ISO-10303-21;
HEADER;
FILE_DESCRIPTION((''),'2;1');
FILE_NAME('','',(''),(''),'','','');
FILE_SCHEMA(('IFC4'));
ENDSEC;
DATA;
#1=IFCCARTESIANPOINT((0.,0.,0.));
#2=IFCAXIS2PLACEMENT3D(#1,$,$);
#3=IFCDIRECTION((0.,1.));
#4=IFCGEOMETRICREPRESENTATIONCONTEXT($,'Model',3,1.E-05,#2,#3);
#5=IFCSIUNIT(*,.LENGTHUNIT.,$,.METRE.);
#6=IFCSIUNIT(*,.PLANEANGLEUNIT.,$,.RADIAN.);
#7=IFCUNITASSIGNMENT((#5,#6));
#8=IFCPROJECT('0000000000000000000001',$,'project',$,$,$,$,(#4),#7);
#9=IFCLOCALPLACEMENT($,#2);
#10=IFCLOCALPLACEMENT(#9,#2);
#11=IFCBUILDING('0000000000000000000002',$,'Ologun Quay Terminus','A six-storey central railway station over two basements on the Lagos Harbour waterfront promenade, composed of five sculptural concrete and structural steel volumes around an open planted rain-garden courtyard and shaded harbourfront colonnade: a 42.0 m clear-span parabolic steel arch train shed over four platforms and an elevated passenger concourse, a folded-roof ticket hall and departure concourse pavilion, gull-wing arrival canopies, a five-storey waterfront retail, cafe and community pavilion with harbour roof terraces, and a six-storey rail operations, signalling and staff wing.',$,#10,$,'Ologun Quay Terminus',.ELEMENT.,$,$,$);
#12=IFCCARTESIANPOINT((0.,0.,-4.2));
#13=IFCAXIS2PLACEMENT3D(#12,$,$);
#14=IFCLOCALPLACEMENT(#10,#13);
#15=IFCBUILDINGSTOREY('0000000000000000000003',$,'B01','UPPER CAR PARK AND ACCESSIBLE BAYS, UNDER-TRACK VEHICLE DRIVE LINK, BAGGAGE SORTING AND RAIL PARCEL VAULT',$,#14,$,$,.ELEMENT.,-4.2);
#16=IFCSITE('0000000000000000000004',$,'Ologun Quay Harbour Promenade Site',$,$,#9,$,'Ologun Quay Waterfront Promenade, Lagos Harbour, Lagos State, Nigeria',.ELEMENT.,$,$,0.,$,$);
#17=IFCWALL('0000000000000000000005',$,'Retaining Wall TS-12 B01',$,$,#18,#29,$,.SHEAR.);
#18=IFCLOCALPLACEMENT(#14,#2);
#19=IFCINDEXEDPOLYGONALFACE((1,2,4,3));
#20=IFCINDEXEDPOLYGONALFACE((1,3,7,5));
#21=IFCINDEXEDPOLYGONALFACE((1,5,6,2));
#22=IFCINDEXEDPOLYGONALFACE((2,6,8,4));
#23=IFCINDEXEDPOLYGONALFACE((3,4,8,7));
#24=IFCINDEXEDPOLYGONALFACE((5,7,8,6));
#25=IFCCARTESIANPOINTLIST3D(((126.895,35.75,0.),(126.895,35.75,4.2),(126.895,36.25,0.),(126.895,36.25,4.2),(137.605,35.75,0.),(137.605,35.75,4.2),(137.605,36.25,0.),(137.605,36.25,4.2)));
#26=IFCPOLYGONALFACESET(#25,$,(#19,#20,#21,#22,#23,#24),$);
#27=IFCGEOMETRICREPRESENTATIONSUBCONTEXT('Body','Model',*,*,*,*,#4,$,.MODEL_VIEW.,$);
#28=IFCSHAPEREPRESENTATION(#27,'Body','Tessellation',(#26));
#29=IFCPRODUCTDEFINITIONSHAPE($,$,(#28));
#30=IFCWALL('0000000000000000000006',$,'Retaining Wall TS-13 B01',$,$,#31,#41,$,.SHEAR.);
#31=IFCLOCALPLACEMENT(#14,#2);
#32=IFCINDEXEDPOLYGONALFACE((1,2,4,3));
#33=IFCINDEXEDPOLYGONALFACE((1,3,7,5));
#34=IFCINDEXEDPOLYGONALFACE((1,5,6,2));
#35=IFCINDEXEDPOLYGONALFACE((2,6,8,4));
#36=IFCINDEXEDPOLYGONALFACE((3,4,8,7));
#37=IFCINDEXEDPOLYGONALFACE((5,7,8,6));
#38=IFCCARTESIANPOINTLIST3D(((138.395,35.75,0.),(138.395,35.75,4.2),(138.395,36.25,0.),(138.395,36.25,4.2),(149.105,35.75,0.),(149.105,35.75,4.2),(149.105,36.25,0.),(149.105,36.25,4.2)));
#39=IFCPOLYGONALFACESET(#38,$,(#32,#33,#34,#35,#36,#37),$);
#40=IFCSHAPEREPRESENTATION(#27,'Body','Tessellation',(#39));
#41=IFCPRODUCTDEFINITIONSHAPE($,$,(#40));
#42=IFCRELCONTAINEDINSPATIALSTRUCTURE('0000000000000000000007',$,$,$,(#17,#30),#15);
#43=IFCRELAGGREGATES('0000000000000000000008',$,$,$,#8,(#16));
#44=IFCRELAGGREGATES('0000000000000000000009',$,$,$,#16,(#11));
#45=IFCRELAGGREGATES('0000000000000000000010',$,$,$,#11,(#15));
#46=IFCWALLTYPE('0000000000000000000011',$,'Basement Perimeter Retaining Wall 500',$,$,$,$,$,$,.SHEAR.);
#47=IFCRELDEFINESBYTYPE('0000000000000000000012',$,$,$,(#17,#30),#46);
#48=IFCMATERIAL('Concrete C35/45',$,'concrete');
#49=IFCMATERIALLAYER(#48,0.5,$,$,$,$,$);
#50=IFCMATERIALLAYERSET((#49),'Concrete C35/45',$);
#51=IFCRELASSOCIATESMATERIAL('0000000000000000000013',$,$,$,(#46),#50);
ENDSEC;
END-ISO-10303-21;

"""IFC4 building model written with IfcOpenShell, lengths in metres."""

from ifc_helpers import new_model, si_unit, direction, frame, frame_2d, origin, place, context, subcontext, project, spatial, rectangle, extrude, material, layer, layer_set, type_object, element, save


model = new_model("IFC4")

# Units and contexts
model_context = context("Model", 3, precision=1e-05, world=origin(), true_north=direction((0.0, 1.0)))
body_context = subcontext(model_context, "Body", "Model", "MODEL_VIEW")
ifc_project = project(units=[si_unit("LENGTHUNIT", "METRE"), si_unit("PLANEANGLEUNIT", "RADIAN")], contexts=[model_context])

# Site, building, storey
site_placement = place(None, origin())
site = spatial("IfcSite", under=ifc_project, at=site_placement, Name="Ologun Quay Harbour Promenade Site", LongName="Ologun Quay Waterfront Promenade, Lagos Harbour, Lagos State, Nigeria", CompositionType="ELEMENT", RefElevation=0.0)
building_placement = place(site_placement, origin())
building = spatial("IfcBuilding", under=site, at=building_placement, Name="Ologun Quay Terminus", Description="A six-storey central railway station over two basements on the Lagos Harbour waterfront promenade, composed of five sculptural concrete and structural steel volumes around an open planted rain-garden courtyard and shaded harbourfront colonnade: a 42.0 m clear-span parabolic steel arch train shed over four platforms and an elevated passenger concourse, a folded-roof ticket hall and departure concourse pavilion, gull-wing arrival canopies, a five-storey waterfront retail, cafe and community pavilion with harbour roof terraces, and a six-storey rail operations, signalling and staff wing.", LongName="Ologun Quay Terminus", CompositionType="ELEMENT")
storey_placement = place(building_placement, frame((0.0, 0.0, -4.2)))
storey = spatial("IfcBuildingStorey", under=building, at=storey_placement, Name="B01", Description="UPPER CAR PARK AND ACCESSIBLE BAYS, UNDER-TRACK VEHICLE DRIVE LINK, BAGGAGE SORTING AND RAIL PARCEL VAULT", CompositionType="ELEMENT", Elevation=-4.2)

# Walls
ifc_material_1 = material(Name="Concrete C35/45", Category="concrete")
ifc_layer_1 = layer(ifc_material_1, 0.5)
ifc_layer_set_1 = layer_set([ifc_layer_1], Name="Concrete C35/45")
wall_type_1 = type_object("IfcWallType", Name="Basement Perimeter Retaining Wall 500", PredefinedType="SHEAR", material=ifc_layer_set_1)
for number, where, z_axis, x_axis, name in (
    (1, (126.895, 36.0, 0.0), (0.0, 0.0, 1.0), (1.0, 0.0, 0.0), "Retaining Wall TS-12 B01"),
    (2, (138.395, 36.0, 0.0), (0.0, 0.0, 1.0), (1.0, 0.0, 0.0), "Retaining Wall TS-13 B01"),
):
    element("IfcWall", number, at=place(storey_placement, frame(where, z_axis=z_axis, x_axis=x_axis)), inside=storey, type_object=wall_type_1, Name=name, PredefinedType="SHEAR", context=body_context, shape_type="SweptSolid", body=[
        extrude(rectangle(XDim=10.71, YDim=0.5, at=frame_2d((5.355, 0.0))), origin(), (0.0, 0.0, 1.0), 4.2),
    ])

save(model, "model.ifc")
